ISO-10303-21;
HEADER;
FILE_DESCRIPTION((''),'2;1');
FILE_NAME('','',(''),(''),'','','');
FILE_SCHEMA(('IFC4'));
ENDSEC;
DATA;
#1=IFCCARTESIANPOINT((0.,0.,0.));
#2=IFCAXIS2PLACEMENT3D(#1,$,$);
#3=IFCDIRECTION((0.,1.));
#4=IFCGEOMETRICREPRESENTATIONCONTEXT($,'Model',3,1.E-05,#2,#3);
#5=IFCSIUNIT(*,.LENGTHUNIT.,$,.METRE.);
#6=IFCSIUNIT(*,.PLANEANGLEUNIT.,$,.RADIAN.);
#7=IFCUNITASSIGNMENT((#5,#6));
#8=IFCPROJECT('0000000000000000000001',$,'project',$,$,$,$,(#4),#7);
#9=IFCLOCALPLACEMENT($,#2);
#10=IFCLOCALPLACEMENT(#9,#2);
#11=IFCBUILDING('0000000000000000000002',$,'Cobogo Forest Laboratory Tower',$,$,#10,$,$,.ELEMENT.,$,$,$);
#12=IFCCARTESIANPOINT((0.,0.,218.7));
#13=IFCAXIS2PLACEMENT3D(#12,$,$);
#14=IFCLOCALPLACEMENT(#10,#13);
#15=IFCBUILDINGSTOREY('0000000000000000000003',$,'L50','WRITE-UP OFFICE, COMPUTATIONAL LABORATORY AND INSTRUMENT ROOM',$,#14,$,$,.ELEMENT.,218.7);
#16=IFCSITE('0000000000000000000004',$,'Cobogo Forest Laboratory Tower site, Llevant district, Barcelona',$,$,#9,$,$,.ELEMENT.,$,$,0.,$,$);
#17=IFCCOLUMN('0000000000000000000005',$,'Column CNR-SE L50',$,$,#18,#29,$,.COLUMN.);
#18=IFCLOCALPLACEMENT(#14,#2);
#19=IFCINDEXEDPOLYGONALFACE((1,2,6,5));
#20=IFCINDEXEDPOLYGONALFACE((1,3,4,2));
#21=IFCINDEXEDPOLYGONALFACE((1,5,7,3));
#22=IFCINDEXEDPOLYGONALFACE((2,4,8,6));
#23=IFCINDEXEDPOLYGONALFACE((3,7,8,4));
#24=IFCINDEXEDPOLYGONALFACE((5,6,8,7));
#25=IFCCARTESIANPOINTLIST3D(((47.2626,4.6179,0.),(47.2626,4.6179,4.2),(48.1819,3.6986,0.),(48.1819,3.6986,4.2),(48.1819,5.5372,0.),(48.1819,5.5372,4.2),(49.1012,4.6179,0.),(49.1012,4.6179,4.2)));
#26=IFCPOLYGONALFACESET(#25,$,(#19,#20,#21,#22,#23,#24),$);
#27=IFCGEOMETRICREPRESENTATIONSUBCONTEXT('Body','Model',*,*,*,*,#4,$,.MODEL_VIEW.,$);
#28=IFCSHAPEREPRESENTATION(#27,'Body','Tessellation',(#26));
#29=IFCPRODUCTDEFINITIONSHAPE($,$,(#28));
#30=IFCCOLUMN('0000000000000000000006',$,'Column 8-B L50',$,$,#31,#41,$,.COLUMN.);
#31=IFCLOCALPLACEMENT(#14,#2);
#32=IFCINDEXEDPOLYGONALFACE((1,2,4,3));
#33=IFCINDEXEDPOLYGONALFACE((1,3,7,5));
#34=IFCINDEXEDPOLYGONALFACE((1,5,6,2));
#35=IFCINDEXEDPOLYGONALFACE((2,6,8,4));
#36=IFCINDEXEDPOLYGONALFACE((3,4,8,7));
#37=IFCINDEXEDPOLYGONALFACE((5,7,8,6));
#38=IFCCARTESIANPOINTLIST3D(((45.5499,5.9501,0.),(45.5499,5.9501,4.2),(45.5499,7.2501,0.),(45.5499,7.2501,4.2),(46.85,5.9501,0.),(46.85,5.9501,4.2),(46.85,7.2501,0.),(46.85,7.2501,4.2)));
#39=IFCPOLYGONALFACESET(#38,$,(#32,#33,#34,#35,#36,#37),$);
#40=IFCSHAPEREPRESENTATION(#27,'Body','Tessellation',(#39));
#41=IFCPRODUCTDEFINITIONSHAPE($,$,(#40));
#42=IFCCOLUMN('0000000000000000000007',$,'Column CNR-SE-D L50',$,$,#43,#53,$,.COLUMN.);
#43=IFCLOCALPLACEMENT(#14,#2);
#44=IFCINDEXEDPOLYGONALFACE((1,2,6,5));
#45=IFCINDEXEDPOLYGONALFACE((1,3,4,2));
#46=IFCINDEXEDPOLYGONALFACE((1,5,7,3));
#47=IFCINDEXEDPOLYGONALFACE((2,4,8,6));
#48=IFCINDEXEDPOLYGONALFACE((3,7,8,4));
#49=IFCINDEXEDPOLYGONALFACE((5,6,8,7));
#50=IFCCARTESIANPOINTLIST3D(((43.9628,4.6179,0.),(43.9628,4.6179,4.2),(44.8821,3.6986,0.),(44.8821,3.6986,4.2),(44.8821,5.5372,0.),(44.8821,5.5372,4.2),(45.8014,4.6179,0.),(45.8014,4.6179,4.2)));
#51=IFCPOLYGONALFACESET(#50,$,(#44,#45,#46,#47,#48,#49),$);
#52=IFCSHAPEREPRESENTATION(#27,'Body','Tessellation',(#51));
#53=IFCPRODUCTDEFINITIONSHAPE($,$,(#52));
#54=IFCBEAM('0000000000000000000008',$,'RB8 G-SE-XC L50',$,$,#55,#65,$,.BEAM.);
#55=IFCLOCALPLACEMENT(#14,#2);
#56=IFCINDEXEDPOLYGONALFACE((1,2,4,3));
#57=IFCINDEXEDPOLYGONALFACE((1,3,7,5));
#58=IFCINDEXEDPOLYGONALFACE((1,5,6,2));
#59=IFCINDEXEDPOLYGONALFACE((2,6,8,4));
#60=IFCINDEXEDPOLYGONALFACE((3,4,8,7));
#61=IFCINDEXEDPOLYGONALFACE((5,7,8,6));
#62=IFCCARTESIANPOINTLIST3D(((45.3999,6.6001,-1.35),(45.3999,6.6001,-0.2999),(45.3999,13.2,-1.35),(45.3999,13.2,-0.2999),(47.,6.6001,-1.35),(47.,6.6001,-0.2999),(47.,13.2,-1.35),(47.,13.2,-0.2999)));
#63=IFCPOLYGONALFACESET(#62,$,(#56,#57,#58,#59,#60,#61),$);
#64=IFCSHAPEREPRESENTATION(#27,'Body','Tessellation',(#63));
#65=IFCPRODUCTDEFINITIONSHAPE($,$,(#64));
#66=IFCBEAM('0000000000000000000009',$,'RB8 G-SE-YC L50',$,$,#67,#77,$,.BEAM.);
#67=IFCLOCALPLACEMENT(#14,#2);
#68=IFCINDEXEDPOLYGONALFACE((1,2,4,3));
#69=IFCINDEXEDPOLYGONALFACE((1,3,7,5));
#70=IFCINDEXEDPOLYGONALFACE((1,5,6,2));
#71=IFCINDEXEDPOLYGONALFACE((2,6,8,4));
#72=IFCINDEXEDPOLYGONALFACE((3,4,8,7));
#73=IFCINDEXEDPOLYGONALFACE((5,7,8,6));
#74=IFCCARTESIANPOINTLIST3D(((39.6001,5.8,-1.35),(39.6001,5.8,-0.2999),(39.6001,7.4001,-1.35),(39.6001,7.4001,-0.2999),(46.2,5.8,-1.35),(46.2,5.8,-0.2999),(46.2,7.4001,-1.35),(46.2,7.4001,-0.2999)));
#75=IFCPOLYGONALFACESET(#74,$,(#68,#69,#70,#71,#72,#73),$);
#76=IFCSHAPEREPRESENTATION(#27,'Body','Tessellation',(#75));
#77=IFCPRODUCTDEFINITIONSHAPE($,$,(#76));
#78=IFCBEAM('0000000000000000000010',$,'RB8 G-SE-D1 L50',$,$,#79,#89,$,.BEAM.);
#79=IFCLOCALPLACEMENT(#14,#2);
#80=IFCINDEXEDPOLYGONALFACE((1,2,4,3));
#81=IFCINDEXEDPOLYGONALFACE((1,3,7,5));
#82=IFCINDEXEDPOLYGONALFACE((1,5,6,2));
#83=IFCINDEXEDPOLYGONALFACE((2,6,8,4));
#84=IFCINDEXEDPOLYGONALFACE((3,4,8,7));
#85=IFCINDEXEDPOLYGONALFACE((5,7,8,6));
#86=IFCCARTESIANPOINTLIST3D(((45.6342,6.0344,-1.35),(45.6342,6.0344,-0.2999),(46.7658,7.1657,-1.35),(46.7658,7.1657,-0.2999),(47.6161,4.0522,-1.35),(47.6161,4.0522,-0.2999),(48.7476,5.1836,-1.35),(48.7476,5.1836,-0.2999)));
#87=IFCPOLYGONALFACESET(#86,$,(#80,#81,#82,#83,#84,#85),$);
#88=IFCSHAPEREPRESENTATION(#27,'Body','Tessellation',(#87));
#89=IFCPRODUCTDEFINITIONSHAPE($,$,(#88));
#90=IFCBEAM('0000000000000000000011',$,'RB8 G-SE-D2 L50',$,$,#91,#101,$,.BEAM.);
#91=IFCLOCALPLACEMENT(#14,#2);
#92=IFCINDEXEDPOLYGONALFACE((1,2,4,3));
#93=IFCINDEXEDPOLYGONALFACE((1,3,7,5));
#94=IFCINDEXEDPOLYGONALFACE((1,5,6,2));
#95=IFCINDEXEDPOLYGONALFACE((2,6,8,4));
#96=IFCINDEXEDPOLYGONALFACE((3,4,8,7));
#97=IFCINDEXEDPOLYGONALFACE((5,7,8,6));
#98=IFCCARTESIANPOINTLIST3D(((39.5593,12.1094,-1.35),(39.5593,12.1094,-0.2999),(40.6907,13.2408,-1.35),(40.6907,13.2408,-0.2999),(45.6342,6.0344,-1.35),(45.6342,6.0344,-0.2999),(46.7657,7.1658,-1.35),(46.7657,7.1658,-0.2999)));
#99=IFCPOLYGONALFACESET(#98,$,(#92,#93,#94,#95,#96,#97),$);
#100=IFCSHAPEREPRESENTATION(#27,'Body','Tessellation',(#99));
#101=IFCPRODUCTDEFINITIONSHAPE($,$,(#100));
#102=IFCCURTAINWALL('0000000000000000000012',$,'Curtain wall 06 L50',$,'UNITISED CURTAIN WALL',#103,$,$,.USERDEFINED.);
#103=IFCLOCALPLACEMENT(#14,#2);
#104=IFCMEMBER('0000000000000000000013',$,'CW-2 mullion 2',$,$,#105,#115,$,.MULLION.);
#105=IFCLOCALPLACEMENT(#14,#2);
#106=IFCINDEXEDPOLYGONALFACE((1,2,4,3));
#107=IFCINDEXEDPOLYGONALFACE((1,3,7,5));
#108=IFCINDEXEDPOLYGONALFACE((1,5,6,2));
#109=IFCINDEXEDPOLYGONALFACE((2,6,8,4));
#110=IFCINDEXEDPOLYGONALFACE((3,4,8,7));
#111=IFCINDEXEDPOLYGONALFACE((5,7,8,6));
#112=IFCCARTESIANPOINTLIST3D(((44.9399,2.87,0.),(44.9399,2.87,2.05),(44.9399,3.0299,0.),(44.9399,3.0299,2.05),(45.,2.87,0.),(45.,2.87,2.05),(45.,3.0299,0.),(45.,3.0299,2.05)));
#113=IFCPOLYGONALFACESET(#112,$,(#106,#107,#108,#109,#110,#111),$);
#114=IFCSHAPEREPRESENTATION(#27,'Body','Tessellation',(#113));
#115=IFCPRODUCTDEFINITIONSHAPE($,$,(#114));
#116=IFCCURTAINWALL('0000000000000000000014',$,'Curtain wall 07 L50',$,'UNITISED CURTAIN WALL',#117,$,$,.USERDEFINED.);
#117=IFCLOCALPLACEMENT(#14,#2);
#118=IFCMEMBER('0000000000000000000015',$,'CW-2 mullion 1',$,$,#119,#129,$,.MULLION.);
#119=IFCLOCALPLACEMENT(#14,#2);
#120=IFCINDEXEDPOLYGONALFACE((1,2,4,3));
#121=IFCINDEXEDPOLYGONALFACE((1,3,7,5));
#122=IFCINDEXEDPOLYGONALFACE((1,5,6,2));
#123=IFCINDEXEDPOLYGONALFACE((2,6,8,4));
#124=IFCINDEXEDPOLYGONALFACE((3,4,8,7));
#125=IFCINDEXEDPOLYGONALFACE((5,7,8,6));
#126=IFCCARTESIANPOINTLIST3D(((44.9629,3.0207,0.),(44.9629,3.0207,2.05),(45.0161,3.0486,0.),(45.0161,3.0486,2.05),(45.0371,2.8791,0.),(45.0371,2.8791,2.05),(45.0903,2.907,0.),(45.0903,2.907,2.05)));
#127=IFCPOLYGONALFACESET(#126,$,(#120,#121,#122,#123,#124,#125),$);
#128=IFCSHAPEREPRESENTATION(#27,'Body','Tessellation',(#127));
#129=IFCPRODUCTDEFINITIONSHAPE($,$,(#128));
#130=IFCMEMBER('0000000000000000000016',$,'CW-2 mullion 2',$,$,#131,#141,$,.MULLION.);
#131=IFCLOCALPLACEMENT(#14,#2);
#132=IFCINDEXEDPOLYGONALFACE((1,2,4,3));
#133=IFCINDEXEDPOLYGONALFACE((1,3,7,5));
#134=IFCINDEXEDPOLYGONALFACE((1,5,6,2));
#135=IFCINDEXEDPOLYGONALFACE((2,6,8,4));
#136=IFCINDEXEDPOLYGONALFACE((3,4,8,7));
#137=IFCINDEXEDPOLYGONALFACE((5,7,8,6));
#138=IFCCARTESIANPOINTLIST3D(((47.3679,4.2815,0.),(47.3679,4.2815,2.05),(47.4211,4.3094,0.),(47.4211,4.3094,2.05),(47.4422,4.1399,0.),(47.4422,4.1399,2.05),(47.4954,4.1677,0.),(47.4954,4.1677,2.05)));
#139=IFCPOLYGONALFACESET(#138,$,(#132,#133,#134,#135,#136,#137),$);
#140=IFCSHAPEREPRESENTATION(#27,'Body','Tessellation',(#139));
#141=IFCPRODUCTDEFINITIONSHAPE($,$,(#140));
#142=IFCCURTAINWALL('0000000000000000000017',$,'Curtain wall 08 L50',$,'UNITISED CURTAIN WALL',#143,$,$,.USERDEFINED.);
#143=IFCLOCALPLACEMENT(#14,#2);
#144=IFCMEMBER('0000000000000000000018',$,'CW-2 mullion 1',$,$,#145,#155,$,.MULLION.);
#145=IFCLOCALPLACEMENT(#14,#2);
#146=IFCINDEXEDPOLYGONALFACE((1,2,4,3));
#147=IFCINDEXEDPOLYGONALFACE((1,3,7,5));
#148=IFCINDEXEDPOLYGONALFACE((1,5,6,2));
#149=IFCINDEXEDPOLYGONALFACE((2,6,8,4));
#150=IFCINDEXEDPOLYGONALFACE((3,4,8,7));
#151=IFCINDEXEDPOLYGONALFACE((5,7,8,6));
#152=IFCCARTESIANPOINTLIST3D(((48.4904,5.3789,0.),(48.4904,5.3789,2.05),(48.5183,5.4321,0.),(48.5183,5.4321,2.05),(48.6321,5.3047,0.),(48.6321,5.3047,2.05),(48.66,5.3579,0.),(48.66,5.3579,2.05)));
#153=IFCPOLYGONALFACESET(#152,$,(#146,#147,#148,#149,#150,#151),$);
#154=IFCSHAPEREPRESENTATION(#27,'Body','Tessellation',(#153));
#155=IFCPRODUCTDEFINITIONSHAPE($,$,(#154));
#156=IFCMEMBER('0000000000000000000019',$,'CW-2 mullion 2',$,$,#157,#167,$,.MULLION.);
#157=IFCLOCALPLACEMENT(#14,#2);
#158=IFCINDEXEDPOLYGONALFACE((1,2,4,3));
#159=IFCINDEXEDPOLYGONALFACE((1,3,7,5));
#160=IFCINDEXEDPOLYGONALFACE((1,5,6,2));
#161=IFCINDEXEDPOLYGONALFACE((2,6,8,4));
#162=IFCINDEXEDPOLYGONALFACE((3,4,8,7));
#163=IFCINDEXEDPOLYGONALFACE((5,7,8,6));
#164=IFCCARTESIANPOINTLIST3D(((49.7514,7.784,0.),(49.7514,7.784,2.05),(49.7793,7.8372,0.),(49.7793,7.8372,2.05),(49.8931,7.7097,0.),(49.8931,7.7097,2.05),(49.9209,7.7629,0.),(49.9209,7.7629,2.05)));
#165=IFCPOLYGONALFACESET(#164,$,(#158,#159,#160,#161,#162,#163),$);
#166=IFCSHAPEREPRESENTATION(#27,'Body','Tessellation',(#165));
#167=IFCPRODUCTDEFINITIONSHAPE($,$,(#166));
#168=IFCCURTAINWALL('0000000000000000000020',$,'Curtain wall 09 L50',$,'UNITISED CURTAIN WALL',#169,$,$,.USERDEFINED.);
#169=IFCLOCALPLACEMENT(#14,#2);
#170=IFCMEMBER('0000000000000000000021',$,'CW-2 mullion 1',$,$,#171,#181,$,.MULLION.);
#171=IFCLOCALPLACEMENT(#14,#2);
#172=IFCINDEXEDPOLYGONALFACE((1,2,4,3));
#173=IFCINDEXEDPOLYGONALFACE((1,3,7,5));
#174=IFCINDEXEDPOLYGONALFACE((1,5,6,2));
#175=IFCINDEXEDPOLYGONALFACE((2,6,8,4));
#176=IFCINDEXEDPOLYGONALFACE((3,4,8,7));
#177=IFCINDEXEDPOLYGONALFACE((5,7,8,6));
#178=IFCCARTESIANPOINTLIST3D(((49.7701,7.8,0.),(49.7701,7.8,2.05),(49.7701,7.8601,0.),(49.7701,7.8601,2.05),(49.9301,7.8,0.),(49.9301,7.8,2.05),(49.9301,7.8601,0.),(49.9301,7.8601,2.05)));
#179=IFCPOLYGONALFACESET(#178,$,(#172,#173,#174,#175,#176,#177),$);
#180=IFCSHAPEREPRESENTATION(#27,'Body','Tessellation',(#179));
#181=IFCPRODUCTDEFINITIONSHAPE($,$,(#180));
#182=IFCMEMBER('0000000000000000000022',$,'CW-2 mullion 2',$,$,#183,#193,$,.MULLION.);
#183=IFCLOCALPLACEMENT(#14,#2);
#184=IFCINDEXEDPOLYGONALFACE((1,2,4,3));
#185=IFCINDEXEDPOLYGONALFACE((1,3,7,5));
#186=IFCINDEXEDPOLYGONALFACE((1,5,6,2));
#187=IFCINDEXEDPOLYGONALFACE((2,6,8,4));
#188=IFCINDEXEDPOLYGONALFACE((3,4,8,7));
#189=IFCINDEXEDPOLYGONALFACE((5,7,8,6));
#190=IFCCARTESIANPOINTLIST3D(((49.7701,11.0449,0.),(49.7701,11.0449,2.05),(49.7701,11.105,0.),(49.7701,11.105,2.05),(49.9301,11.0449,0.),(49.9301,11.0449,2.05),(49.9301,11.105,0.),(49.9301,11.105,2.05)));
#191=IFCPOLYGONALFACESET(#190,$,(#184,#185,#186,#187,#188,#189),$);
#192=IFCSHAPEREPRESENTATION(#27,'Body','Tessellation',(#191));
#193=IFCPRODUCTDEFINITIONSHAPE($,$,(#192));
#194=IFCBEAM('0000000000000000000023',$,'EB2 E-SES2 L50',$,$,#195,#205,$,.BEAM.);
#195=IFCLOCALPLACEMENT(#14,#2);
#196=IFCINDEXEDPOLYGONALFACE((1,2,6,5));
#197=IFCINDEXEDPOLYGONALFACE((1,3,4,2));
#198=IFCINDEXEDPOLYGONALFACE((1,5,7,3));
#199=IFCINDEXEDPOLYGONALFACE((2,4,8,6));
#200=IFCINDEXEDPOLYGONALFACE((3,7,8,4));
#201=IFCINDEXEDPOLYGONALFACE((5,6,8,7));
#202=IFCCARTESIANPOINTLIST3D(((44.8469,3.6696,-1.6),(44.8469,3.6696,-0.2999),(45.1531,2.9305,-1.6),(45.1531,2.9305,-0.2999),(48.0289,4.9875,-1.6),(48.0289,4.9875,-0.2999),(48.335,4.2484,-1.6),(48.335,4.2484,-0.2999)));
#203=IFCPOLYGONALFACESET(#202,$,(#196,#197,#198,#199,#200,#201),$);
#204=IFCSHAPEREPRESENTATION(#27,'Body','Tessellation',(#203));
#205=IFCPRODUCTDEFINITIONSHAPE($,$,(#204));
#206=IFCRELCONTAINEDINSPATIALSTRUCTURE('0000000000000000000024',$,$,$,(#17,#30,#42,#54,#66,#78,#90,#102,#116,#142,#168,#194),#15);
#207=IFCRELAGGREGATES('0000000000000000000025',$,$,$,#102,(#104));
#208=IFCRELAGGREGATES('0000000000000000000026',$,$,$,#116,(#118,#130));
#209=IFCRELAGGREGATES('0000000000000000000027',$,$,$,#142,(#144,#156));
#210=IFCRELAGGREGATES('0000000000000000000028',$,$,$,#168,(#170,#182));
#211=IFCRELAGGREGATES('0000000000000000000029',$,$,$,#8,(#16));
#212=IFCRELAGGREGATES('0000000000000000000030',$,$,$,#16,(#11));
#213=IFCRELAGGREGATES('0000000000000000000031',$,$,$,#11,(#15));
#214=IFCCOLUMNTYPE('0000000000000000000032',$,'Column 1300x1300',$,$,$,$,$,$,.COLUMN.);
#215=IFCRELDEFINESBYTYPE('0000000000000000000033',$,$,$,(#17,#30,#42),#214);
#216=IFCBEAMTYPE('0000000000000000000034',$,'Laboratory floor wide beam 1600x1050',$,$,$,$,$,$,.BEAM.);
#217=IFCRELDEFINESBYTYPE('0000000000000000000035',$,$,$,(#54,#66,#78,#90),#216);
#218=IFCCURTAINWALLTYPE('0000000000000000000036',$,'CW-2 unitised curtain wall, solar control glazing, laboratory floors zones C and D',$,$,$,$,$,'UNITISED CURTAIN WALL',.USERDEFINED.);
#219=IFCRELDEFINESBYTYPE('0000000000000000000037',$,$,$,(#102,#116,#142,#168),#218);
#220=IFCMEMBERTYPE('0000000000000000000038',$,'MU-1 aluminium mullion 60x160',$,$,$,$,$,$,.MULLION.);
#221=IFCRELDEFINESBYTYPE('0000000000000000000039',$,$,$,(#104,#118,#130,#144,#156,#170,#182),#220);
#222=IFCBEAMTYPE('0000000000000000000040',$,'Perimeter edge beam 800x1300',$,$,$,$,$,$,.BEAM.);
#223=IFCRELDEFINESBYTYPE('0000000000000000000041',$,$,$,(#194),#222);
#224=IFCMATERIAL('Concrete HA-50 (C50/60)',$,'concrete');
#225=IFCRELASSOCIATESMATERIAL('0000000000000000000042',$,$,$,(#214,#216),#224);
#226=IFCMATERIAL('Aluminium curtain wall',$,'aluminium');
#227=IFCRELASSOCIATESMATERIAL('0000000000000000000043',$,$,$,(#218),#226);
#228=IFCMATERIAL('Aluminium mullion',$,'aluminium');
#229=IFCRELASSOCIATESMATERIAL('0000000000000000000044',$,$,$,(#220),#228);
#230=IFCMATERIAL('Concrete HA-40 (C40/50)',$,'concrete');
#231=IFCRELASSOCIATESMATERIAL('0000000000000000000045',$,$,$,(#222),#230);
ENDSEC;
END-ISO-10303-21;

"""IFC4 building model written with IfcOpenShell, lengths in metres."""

from ifc_helpers import new_model, si_unit, direction, frame, origin, origin_2d, place, context, subcontext, project, spatial, rectangle, extrude, material, material_profile, profile_set, type_object, element, aggregate, save


model = new_model("IFC4")

# Units and contexts
model_context = context("Model", 3, precision=1e-05, world=origin(), true_north=direction((0.0, 1.0)))
body_context = subcontext(model_context, "Body", "Model", "MODEL_VIEW")
ifc_project = project(units=[si_unit("LENGTHUNIT", "METRE"), si_unit("PLANEANGLEUNIT", "RADIAN")], contexts=[model_context])

# Site, building, storey
site_placement = place(None, origin())
site = spatial("IfcSite", under=ifc_project, at=site_placement, Name="Cobogo Forest Laboratory Tower site, Llevant district, Barcelona", CompositionType="ELEMENT", RefElevation=0.0)
building_placement = place(site_placement, origin())
building = spatial("IfcBuilding", under=site, at=building_placement, Name="Cobogo Forest Laboratory Tower", CompositionType="ELEMENT")
storey_placement = place(building_placement, frame((0.0, 0.0, 218.7)))
storey = spatial("IfcBuildingStorey", under=building, at=storey_placement, Name="L50", Description="WRITE-UP OFFICE, COMPUTATIONAL LABORATORY AND INSTRUMENT ROOM", CompositionType="ELEMENT", Elevation=218.7)

# Columns
ifc_material_1 = material(Name="Concrete HA-50 (C50/60)", Category="concrete")
ifc_material_profile_1 = material_profile(ifc_material_1, rectangle(XDim=1.3, YDim=1.3, at=origin_2d()), Name="RC 1300x1300")
ifc_profile_set_1 = profile_set([ifc_material_profile_1], Name="Concrete HA-50 (C50/60)")
column_type = type_object("IfcColumnType", Name="Column 1300x1300", PredefinedType="COLUMN", material=ifc_profile_set_1)
for number, where, z_axis, x_axis, name in (
    (1, (48.1819, 4.6179, 0.0), (0.0, 0.0, 1.0), (0.707107, 0.707107, 0.0), "Column CNR-SE L50"),
    (2, (46.2, 6.6001, 0.0), (0.0, 0.0, 1.0), (1.0, 0.0, 0.0), "Column 8-B L50"),
    (3, (44.8821, 4.6179, 0.0), (0.0, 0.0, 1.0), (0.707107, 0.707107, 0.0), "Column CNR-SE-D L50"),
):
    element("IfcColumn", number, at=place(storey_placement, frame(where, z_axis=z_axis, x_axis=x_axis)), inside=storey, type_object=column_type, Name=name, PredefinedType="COLUMN", context=body_context, shape_type="SweptSolid", body=[
        extrude(rectangle(XDim=1.3, YDim=1.3, at=origin_2d()), origin(), (0.0, 0.0, 1.0), 4.2),
    ])

# Beams
ifc_material_profile_2 = material_profile(ifc_material_1, rectangle(XDim=1.6001, YDim=1.05, at=origin_2d()), Name="RC 1600x1050")
ifc_profile_set_2 = profile_set([ifc_material_profile_2], Name="Concrete HA-50 (C50/60)")
beam_type_1 = type_object("IfcBeamType", Name="Laboratory floor wide beam 1600x1050", PredefinedType="BEAM", material=ifc_profile_set_2)
for number, where, z_axis, x_axis, name in (
    (4, (46.2, 6.6001, -0.825), (0.0, 1.0, 0.0), (-1.0, 0.0, 0.0), "RB8 G-SE-XC L50"),
    (5, (46.2, 6.6001, -0.825), (-1.0, 0.0, 0.0), (0.0, -1.0, 0.0), "RB8 G-SE-YC L50"),
):
    element("IfcBeam", number, at=place(storey_placement, frame(where, z_axis=z_axis, x_axis=x_axis)), inside=storey, type_object=beam_type_1, Name=name, PredefinedType="BEAM", context=body_context, shape_type="SweptSolid", body=[
        extrude(rectangle(XDim=1.6001, YDim=1.05, at=origin_2d()), origin(), (0.0, 0.0, 1.0), 6.5999),
    ])
beam_1_placement = place(storey_placement, frame((48.1819, 4.6179, -0.825), z_axis=(-0.707063, 0.70715, 0.0), x_axis=(-0.70715, -0.707063, 0.0)))
element("IfcBeam", 6, at=beam_1_placement, inside=storey, type_object=beam_type_1, Name="RB8 G-SE-D1 L50", PredefinedType="BEAM", context=body_context, shape_type="SweptSolid", body=[
    extrude(rectangle(XDim=1.6001, YDim=1.05, at=origin_2d()), origin(), (0.0, 0.0, 1.0), 2.803),
])
beam_2_placement = place(storey_placement, frame((46.2, 6.6001, -0.825), z_axis=(-0.707107, 0.707107, 0.0), x_axis=(-0.707107, -0.707107, 0.0)))
element("IfcBeam", 7, at=beam_2_placement, inside=storey, type_object=beam_type_1, Name="RB8 G-SE-D2 L50", PredefinedType="BEAM", context=body_context, shape_type="SweptSolid", body=[
    extrude(rectangle(XDim=1.6001, YDim=1.05, at=origin_2d()), origin(), (0.0, 0.0, 1.0), 8.5913),
])

# Curtain wall, member
ifc_material_2 = material(Name="Aluminium curtain wall", Category="aluminium")
curtain_wall_type = type_object("IfcCurtainWallType", Name="CW-2 unitised curtain wall, solar control glazing, laboratory floors zones C and D", ElementType="UNITISED CURTAIN WALL", PredefinedType="USERDEFINED", material=ifc_material_2)
curtain_wall_1_placement = place(storey_placement, origin())
curtain_wall_1 = element("IfcCurtainWall", 8, at=curtain_wall_1_placement, inside=storey, type_object=curtain_wall_type, Name="Curtain wall 06 L50", ObjectType="UNITISED CURTAIN WALL", PredefinedType="USERDEFINED")
ifc_material_3 = material(Name="Aluminium mullion", Category="aluminium")
ifc_material_profile_3 = material_profile(ifc_material_3, rectangle(XDim=0.0601, YDim=0.1599, at=origin_2d()), Name="AL 60x160")
ifc_profile_set_3 = profile_set([ifc_material_profile_3], Name="Aluminium mullion")
member_type_1 = type_object("IfcMemberType", Name="MU-1 aluminium mullion 60x160", PredefinedType="MULLION", material=ifc_profile_set_3)
member_1_placement = place(storey_placement, frame((44.97, 2.95, 0.0), z_axis=(0.0, 0.0, 1.0), x_axis=(1.0, 0.0, 0.0)))
member_1 = element("IfcMember", 9, at=member_1_placement, type_object=member_type_1, Name="CW-2 mullion 2", PredefinedType="MULLION", context=body_context, shape_type="SweptSolid", body=[
    extrude(rectangle(XDim=0.0601, YDim=0.1599, at=origin_2d()), origin(), (0.0, 0.0, 1.0), 2.05),
])
aggregate(curtain_wall_1, [member_1])

# Curtain walls, members
curtain_wall_2_placement = place(storey_placement, origin())
curtain_wall_2 = element("IfcCurtainWall", 10, at=curtain_wall_2_placement, inside=storey, type_object=curtain_wall_type, Name="Curtain wall 07 L50", ObjectType="UNITISED CURTAIN WALL", PredefinedType="USERDEFINED")
member_2_placement = place(storey_placement, frame((45.0266, 2.9639, 0.0), z_axis=(0.0, 0.0, 1.0), x_axis=(0.885687, 0.464284, 0.0)))
member_2 = element("IfcMember", 11, at=member_2_placement, type_object=member_type_1, Name="CW-2 mullion 1", PredefinedType="MULLION", context=body_context, shape_type="SweptSolid", body=[
    extrude(rectangle(XDim=0.0601, YDim=0.1599, at=origin_2d()), origin(), (0.0, 0.0, 1.0), 2.05),
])
member_3_placement = place(storey_placement, frame((47.4316, 4.2246, 0.0), z_axis=(0.0, 0.0, 1.0), x_axis=(0.885687, 0.464284, 0.0)))
member_3 = element("IfcMember", 12, at=member_3_placement, type_object=member_type_1, Name="CW-2 mullion 2", PredefinedType="MULLION", context=body_context, shape_type="SweptSolid", body=[
    extrude(rectangle(XDim=0.0601, YDim=0.1599, at=origin_2d()), origin(), (0.0, 0.0, 1.0), 2.05),
])
curtain_wall_3_placement = place(storey_placement, origin())
curtain_wall_3 = element("IfcCurtainWall", 13, at=curtain_wall_3_placement, inside=storey, type_object=curtain_wall_type, Name="Curtain wall 08 L50", ObjectType="UNITISED CURTAIN WALL", PredefinedType="USERDEFINED")
member_4_placement = place(storey_placement, frame((48.5752, 5.3684, 0.0), z_axis=(0.0, 0.0, 1.0), x_axis=(0.464284, 0.885687, 0.0)))
member_4 = element("IfcMember", 14, at=member_4_placement, type_object=member_type_1, Name="CW-2 mullion 1", PredefinedType="MULLION", context=body_context, shape_type="SweptSolid", body=[
    extrude(rectangle(XDim=0.0601, YDim=0.1599, at=origin_2d()), origin(), (0.0, 0.0, 1.0), 2.05),
])
member_5_placement = place(storey_placement, frame((49.8362, 7.7734, 0.0), z_axis=(0.0, 0.0, 1.0), x_axis=(0.464284, 0.885687, 0.0)))
member_5 = element("IfcMember", 15, at=member_5_placement, type_object=member_type_1, Name="CW-2 mullion 2", PredefinedType="MULLION", context=body_context, shape_type="SweptSolid", body=[
    extrude(rectangle(XDim=0.0601, YDim=0.1599, at=origin_2d()), origin(), (0.0, 0.0, 1.0), 2.05),
])
curtain_wall_4_placement = place(storey_placement, origin())
curtain_wall_4 = element("IfcCurtainWall", 16, at=curtain_wall_4_placement, inside=storey, type_object=curtain_wall_type, Name="Curtain wall 09 L50", ObjectType="UNITISED CURTAIN WALL", PredefinedType="USERDEFINED")
member_6_placement = place(storey_placement, frame((49.8501, 7.8301, 0.0), z_axis=(0.0, 0.0, 1.0), x_axis=(0.0, 1.0, 0.0)))
member_6 = element("IfcMember", 17, at=member_6_placement, type_object=member_type_1, Name="CW-2 mullion 1", PredefinedType="MULLION", context=body_context, shape_type="SweptSolid", body=[
    extrude(rectangle(XDim=0.0601, YDim=0.1599, at=origin_2d()), origin(), (0.0, 0.0, 1.0), 2.05),
])
member_7_placement = place(storey_placement, frame((49.8501, 11.075, 0.0), z_axis=(0.0, 0.0, 1.0), x_axis=(0.0, 1.0, 0.0)))
member_7 = element("IfcMember", 18, at=member_7_placement, type_object=member_type_1, Name="CW-2 mullion 2", PredefinedType="MULLION", context=body_context, shape_type="SweptSolid", body=[
    extrude(rectangle(XDim=0.0601, YDim=0.1599, at=origin_2d()), origin(), (0.0, 0.0, 1.0), 2.05),
])

# Beam
ifc_material_4 = material(Name="Concrete HA-40 (C40/50)", Category="concrete")
ifc_material_profile_4 = material_profile(ifc_material_4, rectangle(XDim=0.8, YDim=1.3, at=origin_2d()), Name="RC 800x1300")
ifc_profile_set_4 = profile_set([ifc_material_profile_4], Name="Concrete HA-40 (C40/50)")
beam_type_2 = type_object("IfcBeamType", Name="Perimeter edge beam 800x1300", PredefinedType="BEAM", material=ifc_profile_set_4)
beam_3_placement = place(storey_placement, frame((45.0, 3.3, -0.95), z_axis=(0.923891, 0.382656, 0.0), x_axis=(-0.382656, 0.923891, 0.0)))
element("IfcBeam", 19, at=beam_3_placement, inside=storey, type_object=beam_type_2, Name="EB2 E-SES2 L50", PredefinedType="BEAM", context=body_context, shape_type="SweptSolid", body=[
    extrude(rectangle(XDim=0.8, YDim=1.3, at=origin_2d()), origin(), (0.0, 0.0, 1.0), 3.4441),
])

aggregate(curtain_wall_2, [member_2, member_3])
aggregate(curtain_wall_3, [member_4, member_5])
aggregate(curtain_wall_4, [member_6, member_7])

save(model, "model.ifc")
